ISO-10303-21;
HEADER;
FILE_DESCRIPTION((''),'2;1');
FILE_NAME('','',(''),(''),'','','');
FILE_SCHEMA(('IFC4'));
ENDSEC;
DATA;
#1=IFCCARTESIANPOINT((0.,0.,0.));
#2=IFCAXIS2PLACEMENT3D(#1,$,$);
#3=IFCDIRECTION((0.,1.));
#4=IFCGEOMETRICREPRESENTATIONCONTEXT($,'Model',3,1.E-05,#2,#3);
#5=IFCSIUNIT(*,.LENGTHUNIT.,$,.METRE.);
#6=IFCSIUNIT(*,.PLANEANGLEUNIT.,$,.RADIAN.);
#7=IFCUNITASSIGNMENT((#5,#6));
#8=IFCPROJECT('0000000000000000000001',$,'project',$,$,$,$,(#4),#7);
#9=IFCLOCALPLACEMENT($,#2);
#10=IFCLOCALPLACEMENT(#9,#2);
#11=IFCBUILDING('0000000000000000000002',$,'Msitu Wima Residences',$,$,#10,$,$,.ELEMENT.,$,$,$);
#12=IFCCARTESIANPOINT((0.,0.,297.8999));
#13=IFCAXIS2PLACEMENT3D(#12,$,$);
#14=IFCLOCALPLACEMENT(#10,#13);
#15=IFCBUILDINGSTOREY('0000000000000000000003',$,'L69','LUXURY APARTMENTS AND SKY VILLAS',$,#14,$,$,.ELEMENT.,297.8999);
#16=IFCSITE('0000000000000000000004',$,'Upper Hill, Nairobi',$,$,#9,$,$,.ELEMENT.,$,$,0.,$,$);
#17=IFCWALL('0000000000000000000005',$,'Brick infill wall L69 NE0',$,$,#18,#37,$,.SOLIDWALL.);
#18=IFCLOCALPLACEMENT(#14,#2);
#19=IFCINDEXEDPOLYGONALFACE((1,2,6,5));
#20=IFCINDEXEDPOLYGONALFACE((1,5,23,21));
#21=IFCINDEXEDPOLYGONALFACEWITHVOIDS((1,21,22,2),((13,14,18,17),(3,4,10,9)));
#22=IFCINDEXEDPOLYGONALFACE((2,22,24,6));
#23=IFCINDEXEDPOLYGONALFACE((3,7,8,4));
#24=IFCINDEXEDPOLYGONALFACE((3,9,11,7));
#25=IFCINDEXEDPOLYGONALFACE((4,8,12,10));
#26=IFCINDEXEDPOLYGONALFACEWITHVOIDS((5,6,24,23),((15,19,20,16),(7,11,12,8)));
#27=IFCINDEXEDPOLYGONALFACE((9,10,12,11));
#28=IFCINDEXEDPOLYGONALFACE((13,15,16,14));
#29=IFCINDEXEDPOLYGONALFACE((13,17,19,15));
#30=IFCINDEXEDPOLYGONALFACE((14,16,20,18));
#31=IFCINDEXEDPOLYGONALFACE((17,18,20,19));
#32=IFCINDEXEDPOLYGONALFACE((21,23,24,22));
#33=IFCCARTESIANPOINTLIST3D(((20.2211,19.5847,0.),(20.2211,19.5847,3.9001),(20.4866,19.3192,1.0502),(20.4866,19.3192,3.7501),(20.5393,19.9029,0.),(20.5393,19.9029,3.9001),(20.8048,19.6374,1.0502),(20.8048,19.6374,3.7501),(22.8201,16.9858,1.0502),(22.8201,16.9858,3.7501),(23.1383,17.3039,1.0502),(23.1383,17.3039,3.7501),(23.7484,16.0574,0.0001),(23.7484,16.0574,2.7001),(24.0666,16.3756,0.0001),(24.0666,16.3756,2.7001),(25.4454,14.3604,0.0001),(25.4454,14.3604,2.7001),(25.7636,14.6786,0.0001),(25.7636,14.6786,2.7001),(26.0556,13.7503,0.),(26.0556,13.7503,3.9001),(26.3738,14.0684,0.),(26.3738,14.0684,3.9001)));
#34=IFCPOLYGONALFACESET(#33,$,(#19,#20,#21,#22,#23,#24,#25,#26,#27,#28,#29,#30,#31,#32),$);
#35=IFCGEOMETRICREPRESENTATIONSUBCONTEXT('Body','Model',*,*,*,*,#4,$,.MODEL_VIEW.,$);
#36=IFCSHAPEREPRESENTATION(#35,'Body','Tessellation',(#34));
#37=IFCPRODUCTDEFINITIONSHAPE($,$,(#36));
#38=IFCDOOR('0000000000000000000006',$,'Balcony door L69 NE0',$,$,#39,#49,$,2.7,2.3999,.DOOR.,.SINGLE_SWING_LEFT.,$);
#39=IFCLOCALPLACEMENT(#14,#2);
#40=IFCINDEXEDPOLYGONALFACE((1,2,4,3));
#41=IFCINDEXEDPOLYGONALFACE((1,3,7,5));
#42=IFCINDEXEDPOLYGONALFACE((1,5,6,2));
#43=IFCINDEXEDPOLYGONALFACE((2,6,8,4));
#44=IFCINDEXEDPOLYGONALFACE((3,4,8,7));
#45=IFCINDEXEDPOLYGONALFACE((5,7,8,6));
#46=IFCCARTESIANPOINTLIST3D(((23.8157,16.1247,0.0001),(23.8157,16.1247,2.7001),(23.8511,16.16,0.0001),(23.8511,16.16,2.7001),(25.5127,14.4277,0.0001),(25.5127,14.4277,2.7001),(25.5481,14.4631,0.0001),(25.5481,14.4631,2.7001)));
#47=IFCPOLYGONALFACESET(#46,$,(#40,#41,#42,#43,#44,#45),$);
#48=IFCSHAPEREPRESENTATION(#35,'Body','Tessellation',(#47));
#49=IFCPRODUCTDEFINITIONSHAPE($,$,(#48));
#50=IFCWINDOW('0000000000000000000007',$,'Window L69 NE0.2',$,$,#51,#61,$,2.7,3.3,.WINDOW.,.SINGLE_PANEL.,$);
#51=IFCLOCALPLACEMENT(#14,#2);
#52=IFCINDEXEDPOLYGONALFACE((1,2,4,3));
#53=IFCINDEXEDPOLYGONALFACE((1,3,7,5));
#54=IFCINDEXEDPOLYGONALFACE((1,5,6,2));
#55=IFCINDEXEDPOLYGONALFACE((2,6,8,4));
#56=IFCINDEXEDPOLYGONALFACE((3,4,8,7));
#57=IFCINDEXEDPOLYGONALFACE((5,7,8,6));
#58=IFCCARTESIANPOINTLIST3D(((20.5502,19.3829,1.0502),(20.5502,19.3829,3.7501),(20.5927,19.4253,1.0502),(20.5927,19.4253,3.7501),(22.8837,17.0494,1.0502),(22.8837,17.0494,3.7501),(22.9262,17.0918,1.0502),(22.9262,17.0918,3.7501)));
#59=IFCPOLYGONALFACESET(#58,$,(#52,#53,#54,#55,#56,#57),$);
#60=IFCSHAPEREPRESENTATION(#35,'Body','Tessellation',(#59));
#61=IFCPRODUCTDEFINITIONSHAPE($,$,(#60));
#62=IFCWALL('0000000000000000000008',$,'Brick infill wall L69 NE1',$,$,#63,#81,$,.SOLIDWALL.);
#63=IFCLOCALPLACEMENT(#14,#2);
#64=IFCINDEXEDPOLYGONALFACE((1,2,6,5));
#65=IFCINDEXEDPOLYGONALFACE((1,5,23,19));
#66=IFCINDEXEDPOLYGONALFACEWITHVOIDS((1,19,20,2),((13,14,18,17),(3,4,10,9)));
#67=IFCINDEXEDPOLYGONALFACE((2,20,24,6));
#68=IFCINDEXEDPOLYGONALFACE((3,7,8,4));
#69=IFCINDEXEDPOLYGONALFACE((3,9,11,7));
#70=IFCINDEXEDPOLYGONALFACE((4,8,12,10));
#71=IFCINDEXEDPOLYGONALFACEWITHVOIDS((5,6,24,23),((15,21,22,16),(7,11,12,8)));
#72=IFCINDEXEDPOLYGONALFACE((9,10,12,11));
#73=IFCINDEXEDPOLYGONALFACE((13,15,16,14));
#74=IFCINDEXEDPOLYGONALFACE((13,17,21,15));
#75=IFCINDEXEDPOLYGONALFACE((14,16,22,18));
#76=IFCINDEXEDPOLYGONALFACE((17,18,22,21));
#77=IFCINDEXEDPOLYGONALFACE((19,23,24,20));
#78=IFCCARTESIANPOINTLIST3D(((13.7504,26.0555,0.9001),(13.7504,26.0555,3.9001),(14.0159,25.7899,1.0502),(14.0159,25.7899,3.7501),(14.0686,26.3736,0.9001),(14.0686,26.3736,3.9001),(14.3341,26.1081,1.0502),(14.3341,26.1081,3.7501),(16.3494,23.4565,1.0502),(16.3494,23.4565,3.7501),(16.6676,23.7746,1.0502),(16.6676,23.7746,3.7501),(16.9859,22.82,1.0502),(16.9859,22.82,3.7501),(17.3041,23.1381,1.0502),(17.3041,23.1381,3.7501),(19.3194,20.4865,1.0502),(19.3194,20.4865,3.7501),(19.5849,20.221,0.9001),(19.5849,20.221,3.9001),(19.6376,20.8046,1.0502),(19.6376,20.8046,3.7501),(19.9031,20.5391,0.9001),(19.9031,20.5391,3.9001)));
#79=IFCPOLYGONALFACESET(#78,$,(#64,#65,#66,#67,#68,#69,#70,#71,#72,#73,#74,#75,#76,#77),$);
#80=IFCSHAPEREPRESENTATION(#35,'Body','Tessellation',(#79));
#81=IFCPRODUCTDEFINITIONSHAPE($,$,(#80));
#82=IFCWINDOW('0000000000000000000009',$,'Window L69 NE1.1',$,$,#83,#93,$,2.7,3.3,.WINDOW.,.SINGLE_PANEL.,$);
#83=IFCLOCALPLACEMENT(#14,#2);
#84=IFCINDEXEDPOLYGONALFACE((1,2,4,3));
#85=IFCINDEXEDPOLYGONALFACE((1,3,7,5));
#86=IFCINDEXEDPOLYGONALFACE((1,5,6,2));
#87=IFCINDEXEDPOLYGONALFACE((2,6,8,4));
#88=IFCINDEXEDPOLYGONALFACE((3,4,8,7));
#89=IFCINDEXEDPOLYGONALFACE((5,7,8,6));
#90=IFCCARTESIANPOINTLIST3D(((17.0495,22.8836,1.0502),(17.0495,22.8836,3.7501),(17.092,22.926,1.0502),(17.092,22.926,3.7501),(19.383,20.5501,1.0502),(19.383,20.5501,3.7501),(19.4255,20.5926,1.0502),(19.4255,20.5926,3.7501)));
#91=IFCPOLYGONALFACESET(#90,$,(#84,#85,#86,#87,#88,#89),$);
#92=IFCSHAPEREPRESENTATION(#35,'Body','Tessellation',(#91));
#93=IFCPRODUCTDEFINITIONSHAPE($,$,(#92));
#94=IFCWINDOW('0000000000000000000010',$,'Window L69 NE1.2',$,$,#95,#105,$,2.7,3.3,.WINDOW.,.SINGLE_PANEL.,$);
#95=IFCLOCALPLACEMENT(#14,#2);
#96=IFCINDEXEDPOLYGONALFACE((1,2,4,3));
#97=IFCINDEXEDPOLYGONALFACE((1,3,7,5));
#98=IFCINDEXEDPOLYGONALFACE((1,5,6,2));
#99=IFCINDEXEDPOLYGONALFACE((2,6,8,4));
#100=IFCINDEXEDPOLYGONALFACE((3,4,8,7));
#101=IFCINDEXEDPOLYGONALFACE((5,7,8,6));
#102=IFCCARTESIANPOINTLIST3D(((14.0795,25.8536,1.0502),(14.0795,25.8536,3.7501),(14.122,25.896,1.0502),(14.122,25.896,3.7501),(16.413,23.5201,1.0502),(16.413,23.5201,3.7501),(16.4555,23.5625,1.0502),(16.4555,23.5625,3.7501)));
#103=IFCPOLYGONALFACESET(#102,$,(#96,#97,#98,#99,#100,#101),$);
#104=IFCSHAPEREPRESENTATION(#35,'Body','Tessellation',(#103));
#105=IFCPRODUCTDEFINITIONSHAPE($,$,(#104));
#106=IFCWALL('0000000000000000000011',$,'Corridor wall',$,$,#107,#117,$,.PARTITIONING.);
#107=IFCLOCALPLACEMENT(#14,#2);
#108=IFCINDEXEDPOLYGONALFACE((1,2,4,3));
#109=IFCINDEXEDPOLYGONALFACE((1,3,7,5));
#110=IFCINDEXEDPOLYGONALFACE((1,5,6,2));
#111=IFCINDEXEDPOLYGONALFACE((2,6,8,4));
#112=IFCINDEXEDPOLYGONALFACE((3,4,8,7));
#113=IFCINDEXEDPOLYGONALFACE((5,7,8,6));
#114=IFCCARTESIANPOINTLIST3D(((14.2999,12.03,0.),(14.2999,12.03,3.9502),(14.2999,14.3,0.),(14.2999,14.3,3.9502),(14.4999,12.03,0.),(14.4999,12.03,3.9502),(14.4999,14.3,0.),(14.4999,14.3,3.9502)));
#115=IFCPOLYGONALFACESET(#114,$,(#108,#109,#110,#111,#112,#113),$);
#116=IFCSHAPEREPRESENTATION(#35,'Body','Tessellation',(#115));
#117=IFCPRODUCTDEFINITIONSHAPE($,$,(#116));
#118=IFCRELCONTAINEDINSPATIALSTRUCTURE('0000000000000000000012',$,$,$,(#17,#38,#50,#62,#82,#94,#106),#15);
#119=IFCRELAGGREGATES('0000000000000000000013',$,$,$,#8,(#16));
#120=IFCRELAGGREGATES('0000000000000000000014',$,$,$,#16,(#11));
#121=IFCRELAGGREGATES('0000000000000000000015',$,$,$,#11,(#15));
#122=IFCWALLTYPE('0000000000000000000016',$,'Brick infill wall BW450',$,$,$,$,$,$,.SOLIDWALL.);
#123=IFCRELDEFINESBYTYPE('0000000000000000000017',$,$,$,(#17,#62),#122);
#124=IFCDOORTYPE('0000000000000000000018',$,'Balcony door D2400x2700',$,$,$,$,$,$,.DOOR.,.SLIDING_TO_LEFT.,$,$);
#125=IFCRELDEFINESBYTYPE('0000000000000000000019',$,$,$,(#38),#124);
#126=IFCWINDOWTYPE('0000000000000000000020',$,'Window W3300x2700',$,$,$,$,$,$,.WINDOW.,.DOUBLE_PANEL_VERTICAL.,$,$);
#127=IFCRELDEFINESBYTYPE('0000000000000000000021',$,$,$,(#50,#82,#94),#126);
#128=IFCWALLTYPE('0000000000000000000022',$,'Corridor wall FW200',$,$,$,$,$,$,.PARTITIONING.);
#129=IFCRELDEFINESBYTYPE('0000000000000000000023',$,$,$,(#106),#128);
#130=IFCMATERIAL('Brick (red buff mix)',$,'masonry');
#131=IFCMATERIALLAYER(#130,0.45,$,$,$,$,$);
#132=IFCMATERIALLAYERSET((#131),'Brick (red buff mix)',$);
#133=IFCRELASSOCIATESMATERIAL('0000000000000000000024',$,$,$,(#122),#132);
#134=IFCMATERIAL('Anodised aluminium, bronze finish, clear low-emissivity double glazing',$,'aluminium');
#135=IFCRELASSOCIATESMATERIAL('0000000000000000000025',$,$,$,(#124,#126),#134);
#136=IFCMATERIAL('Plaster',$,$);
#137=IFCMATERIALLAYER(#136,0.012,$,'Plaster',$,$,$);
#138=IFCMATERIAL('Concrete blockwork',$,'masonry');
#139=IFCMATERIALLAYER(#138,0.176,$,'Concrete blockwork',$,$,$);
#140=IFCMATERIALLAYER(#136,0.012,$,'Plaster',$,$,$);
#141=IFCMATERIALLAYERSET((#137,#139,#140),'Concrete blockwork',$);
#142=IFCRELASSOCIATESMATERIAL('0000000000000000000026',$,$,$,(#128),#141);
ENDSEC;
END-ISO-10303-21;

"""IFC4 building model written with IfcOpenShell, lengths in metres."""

from ifc_helpers import new_model, si_unit, direction, frame, frame_2d, origin, place, context, subcontext, project, spatial, rectangle, extrude, material, layer, layer_set, type_object, element, fill, save


model = new_model("IFC4")

# Units and contexts
model_context = context("Model", 3, precision=1e-05, world=origin(), true_north=direction((0.0, 1.0)))
body_context = subcontext(model_context, "Body", "Model", "MODEL_VIEW")
ifc_project = project(units=[si_unit("LENGTHUNIT", "METRE"), si_unit("PLANEANGLEUNIT", "RADIAN")], contexts=[model_context])

# Site, building, storey
site_placement = place(None, origin())
site = spatial("IfcSite", under=ifc_project, at=site_placement, Name="Upper Hill, Nairobi", CompositionType="ELEMENT", RefElevation=0.0)
building_placement = place(site_placement, origin())
building = spatial("IfcBuilding", under=site, at=building_placement, Name="Msitu Wima Residences", CompositionType="ELEMENT")
storey_placement = place(building_placement, frame((0.0, 0.0, 297.8999)))
storey = spatial("IfcBuildingStorey", under=building, at=storey_placement, Name="L69", Description="LUXURY APARTMENTS AND SKY VILLAS", CompositionType="ELEMENT", Elevation=297.8999)

# Wall, openings, door, window
ifc_material_1 = material(Name="Brick (red buff mix)", Category="masonry")
ifc_layer_1 = layer(ifc_material_1, 0.45)
ifc_layer_set_1 = layer_set([ifc_layer_1], Name="Brick (red buff mix)")
wall_type_1 = type_object("IfcWallType", Name="Brick infill wall BW450", PredefinedType="SOLIDWALL", material=ifc_layer_set_1)
wall_1_placement = place(storey_placement, frame((26.2146, 13.9094, 0.0), z_axis=(0.0, 0.0, 1.0), x_axis=(-0.707107, 0.707107, 0.0)))
wall_1 = element("IfcWall", 1, at=wall_1_placement, inside=storey, type_object=wall_type_1, Name="Brick infill wall L69 NE0", PredefinedType="SOLIDWALL", context=body_context, shape_type="SweptSolid", body=[
    extrude(rectangle(XDim=8.2512, YDim=0.45, at=frame_2d((4.1255, 0.0))), origin(), (0.0, 0.0, 1.0), 3.9001),
])
opening_1_placement = place(wall_1_placement, frame((0.8628, 0.0, 0.0)))
opening_1 = element("IfcOpeningElement", 2, at=opening_1_placement, cuts=wall_1, PredefinedType="OPENING", context=body_context, shape_type="SweptSolid", body=[
    extrude(rectangle(XDim=2.3999, YDim=2.7, at=frame_2d((1.2, 1.3501))), frame((0.0, 0.2349, 0.0), z_axis=(0.0, -1.0, 0.0), x_axis=(1.0, 0.0, 0.0)), (0.0, 0.0, 1.0), 0.47),
])
opening_2_placement = place(wall_1_placement, frame((4.5757, 0.0, 1.05)))
opening_2 = element("IfcOpeningElement", 3, at=opening_2_placement, cuts=wall_1, PredefinedType="OPENING", context=body_context, shape_type="SweptSolid", body=[
    extrude(rectangle(XDim=3.3, YDim=2.7, at=frame_2d((1.6499, 1.3501))), frame((0.0, 0.2349, 0.0), z_axis=(0.0, -1.0, 0.0), x_axis=(1.0, 0.0, 0.0)), (0.0, 0.0, 1.0), 0.47),
])
ifc_material_2 = material(Name="Anodised aluminium, bronze finish, clear low-emissivity double glazing", Category="aluminium")
door_type_1 = type_object("IfcDoorType", Name="Balcony door D2400x2700", OperationType="SLIDING_TO_LEFT", PredefinedType="DOOR", material=ifc_material_2)
door_1_placement = place(opening_1_placement, origin())
door_1 = element("IfcDoor", 4, at=door_1_placement, inside=storey, type_object=door_type_1, Name="Balcony door L69 NE0", OperationType="SINGLE_SWING_LEFT", OverallHeight=2.7, OverallWidth=2.3999, PredefinedType="DOOR", context=body_context, shape_type="SweptSolid", body=[
    extrude(rectangle(XDim=2.3999, YDim=2.7, at=frame_2d((1.2, 1.3501))), frame((0.0, 0.1299, 0.0), z_axis=(0.0, -1.0, 0.0), x_axis=(1.0, 0.0, 0.0)), (0.0, 0.0, 1.0), 0.05),
])
fill(opening_1, door_1)
window_type = type_object("IfcWindowType", Name="Window W3300x2700", PartitioningType="DOUBLE_PANEL_VERTICAL", PredefinedType="WINDOW", material=ifc_material_2)
window_1_placement = place(opening_2_placement, origin())
window_1 = element("IfcWindow", 5, at=window_1_placement, inside=storey, type_object=window_type, Name="Window L69 NE0.2", OverallHeight=2.7, OverallWidth=3.3, PartitioningType="SINGLE_PANEL", PredefinedType="WINDOW", context=body_context, shape_type="SweptSolid", body=[
    extrude(rectangle(XDim=3.3, YDim=2.7, at=frame_2d((1.6499, 1.3501))), frame((0.0, 0.135, 0.0), z_axis=(0.0, -1.0, 0.0), x_axis=(1.0, 0.0, 0.0)), (0.0, 0.0, 1.0), 0.0601),
])
fill(opening_2, window_1)

# Wall, openings, windows
wall_2_placement = place(storey_placement, frame((19.7439, 20.3801, 0.9001), z_axis=(0.0, 0.0, 1.0), x_axis=(-0.707107, 0.707107, 0.0)))
wall_2 = element("IfcWall", 6, at=wall_2_placement, inside=storey, type_object=wall_type_1, Name="Brick infill wall L69 NE1", PredefinedType="SOLIDWALL", context=body_context, shape_type="SweptSolid", body=[
    extrude(rectangle(XDim=8.2512, YDim=0.45, at=frame_2d((4.1255, 0.0))), origin(), (0.0, 0.0, 1.0), 3.0),
])
opening_3_placement = place(wall_2_placement, frame((0.3755, 0.0, 0.1499)))
opening_3 = element("IfcOpeningElement", 7, at=opening_3_placement, cuts=wall_2, PredefinedType="OPENING", context=body_context, shape_type="SweptSolid", body=[
    extrude(rectangle(XDim=3.3, YDim=2.7, at=frame_2d((1.6499, 1.3501))), frame((0.0, 0.2349, 0.0), z_axis=(0.0, -1.0, 0.0), x_axis=(1.0, 0.0, 0.0)), (0.0, 0.0, 1.0), 0.47),
])
opening_4_placement = place(wall_2_placement, frame((4.5757, 0.0, 0.1499)))
opening_4 = element("IfcOpeningElement", 8, at=opening_4_placement, cuts=wall_2, PredefinedType="OPENING", context=body_context, shape_type="SweptSolid", body=[
    extrude(rectangle(XDim=3.3, YDim=2.7, at=frame_2d((1.6499, 1.3501))), frame((0.0, 0.2349, 0.0), z_axis=(0.0, -1.0, 0.0), x_axis=(1.0, 0.0, 0.0)), (0.0, 0.0, 1.0), 0.47),
])
window_2_placement = place(opening_3_placement, origin())
window_2 = element("IfcWindow", 9, at=window_2_placement, inside=storey, type_object=window_type, Name="Window L69 NE1.1", OverallHeight=2.7, OverallWidth=3.3, PartitioningType="SINGLE_PANEL", PredefinedType="WINDOW", context=body_context, shape_type="SweptSolid", body=[
    extrude(rectangle(XDim=3.3, YDim=2.7, at=frame_2d((1.6499, 1.3501))), frame((0.0, 0.135, 0.0), z_axis=(0.0, -1.0, 0.0), x_axis=(1.0, 0.0, 0.0)), (0.0, 0.0, 1.0), 0.0601),
])
fill(opening_3, window_2)
window_3_placement = place(opening_4_placement, origin())
window_3 = element("IfcWindow", 10, at=window_3_placement, inside=storey, type_object=window_type, Name="Window L69 NE1.2", OverallHeight=2.7, OverallWidth=3.3, PartitioningType="SINGLE_PANEL", PredefinedType="WINDOW", context=body_context, shape_type="SweptSolid", body=[
    extrude(rectangle(XDim=3.3, YDim=2.7, at=frame_2d((1.6499, 1.3501))), frame((0.0, 0.135, 0.0), z_axis=(0.0, -1.0, 0.0), x_axis=(1.0, 0.0, 0.0)), (0.0, 0.0, 1.0), 0.0601),
])
fill(opening_4, window_3)

# Wall
ifc_material_3 = material(Name="Plaster")
ifc_layer_2 = layer(ifc_material_3, 0.012, Name="Plaster")
ifc_material_4 = material(Name="Concrete blockwork", Category="masonry")
ifc_layer_3 = layer(ifc_material_4, 0.176, Name="Concrete blockwork")
ifc_layer_4 = layer(ifc_material_3, 0.012, Name="Plaster")
ifc_layer_set_2 = layer_set([ifc_layer_2, ifc_layer_3, ifc_layer_4], Name="Concrete blockwork")
wall_type_2 = type_object("IfcWallType", Name="Corridor wall FW200", PredefinedType="PARTITIONING", material=ifc_layer_set_2)
wall_3_placement = place(storey_placement, frame((14.3999, 12.03, 0.0), z_axis=(0.0, 0.0, 1.0), x_axis=(0.0, 1.0, 0.0)))
element("IfcWall", 11, at=wall_3_placement, inside=storey, type_object=wall_type_2, Name="Corridor wall", PredefinedType="PARTITIONING", context=body_context, shape_type="SweptSolid", body=[
    extrude(rectangle(XDim=2.27, YDim=0.2, at=frame_2d((1.135, 0.0))), origin(), (0.0, 0.0, 1.0), 3.9502),
])

save(model, "model.ifc")
